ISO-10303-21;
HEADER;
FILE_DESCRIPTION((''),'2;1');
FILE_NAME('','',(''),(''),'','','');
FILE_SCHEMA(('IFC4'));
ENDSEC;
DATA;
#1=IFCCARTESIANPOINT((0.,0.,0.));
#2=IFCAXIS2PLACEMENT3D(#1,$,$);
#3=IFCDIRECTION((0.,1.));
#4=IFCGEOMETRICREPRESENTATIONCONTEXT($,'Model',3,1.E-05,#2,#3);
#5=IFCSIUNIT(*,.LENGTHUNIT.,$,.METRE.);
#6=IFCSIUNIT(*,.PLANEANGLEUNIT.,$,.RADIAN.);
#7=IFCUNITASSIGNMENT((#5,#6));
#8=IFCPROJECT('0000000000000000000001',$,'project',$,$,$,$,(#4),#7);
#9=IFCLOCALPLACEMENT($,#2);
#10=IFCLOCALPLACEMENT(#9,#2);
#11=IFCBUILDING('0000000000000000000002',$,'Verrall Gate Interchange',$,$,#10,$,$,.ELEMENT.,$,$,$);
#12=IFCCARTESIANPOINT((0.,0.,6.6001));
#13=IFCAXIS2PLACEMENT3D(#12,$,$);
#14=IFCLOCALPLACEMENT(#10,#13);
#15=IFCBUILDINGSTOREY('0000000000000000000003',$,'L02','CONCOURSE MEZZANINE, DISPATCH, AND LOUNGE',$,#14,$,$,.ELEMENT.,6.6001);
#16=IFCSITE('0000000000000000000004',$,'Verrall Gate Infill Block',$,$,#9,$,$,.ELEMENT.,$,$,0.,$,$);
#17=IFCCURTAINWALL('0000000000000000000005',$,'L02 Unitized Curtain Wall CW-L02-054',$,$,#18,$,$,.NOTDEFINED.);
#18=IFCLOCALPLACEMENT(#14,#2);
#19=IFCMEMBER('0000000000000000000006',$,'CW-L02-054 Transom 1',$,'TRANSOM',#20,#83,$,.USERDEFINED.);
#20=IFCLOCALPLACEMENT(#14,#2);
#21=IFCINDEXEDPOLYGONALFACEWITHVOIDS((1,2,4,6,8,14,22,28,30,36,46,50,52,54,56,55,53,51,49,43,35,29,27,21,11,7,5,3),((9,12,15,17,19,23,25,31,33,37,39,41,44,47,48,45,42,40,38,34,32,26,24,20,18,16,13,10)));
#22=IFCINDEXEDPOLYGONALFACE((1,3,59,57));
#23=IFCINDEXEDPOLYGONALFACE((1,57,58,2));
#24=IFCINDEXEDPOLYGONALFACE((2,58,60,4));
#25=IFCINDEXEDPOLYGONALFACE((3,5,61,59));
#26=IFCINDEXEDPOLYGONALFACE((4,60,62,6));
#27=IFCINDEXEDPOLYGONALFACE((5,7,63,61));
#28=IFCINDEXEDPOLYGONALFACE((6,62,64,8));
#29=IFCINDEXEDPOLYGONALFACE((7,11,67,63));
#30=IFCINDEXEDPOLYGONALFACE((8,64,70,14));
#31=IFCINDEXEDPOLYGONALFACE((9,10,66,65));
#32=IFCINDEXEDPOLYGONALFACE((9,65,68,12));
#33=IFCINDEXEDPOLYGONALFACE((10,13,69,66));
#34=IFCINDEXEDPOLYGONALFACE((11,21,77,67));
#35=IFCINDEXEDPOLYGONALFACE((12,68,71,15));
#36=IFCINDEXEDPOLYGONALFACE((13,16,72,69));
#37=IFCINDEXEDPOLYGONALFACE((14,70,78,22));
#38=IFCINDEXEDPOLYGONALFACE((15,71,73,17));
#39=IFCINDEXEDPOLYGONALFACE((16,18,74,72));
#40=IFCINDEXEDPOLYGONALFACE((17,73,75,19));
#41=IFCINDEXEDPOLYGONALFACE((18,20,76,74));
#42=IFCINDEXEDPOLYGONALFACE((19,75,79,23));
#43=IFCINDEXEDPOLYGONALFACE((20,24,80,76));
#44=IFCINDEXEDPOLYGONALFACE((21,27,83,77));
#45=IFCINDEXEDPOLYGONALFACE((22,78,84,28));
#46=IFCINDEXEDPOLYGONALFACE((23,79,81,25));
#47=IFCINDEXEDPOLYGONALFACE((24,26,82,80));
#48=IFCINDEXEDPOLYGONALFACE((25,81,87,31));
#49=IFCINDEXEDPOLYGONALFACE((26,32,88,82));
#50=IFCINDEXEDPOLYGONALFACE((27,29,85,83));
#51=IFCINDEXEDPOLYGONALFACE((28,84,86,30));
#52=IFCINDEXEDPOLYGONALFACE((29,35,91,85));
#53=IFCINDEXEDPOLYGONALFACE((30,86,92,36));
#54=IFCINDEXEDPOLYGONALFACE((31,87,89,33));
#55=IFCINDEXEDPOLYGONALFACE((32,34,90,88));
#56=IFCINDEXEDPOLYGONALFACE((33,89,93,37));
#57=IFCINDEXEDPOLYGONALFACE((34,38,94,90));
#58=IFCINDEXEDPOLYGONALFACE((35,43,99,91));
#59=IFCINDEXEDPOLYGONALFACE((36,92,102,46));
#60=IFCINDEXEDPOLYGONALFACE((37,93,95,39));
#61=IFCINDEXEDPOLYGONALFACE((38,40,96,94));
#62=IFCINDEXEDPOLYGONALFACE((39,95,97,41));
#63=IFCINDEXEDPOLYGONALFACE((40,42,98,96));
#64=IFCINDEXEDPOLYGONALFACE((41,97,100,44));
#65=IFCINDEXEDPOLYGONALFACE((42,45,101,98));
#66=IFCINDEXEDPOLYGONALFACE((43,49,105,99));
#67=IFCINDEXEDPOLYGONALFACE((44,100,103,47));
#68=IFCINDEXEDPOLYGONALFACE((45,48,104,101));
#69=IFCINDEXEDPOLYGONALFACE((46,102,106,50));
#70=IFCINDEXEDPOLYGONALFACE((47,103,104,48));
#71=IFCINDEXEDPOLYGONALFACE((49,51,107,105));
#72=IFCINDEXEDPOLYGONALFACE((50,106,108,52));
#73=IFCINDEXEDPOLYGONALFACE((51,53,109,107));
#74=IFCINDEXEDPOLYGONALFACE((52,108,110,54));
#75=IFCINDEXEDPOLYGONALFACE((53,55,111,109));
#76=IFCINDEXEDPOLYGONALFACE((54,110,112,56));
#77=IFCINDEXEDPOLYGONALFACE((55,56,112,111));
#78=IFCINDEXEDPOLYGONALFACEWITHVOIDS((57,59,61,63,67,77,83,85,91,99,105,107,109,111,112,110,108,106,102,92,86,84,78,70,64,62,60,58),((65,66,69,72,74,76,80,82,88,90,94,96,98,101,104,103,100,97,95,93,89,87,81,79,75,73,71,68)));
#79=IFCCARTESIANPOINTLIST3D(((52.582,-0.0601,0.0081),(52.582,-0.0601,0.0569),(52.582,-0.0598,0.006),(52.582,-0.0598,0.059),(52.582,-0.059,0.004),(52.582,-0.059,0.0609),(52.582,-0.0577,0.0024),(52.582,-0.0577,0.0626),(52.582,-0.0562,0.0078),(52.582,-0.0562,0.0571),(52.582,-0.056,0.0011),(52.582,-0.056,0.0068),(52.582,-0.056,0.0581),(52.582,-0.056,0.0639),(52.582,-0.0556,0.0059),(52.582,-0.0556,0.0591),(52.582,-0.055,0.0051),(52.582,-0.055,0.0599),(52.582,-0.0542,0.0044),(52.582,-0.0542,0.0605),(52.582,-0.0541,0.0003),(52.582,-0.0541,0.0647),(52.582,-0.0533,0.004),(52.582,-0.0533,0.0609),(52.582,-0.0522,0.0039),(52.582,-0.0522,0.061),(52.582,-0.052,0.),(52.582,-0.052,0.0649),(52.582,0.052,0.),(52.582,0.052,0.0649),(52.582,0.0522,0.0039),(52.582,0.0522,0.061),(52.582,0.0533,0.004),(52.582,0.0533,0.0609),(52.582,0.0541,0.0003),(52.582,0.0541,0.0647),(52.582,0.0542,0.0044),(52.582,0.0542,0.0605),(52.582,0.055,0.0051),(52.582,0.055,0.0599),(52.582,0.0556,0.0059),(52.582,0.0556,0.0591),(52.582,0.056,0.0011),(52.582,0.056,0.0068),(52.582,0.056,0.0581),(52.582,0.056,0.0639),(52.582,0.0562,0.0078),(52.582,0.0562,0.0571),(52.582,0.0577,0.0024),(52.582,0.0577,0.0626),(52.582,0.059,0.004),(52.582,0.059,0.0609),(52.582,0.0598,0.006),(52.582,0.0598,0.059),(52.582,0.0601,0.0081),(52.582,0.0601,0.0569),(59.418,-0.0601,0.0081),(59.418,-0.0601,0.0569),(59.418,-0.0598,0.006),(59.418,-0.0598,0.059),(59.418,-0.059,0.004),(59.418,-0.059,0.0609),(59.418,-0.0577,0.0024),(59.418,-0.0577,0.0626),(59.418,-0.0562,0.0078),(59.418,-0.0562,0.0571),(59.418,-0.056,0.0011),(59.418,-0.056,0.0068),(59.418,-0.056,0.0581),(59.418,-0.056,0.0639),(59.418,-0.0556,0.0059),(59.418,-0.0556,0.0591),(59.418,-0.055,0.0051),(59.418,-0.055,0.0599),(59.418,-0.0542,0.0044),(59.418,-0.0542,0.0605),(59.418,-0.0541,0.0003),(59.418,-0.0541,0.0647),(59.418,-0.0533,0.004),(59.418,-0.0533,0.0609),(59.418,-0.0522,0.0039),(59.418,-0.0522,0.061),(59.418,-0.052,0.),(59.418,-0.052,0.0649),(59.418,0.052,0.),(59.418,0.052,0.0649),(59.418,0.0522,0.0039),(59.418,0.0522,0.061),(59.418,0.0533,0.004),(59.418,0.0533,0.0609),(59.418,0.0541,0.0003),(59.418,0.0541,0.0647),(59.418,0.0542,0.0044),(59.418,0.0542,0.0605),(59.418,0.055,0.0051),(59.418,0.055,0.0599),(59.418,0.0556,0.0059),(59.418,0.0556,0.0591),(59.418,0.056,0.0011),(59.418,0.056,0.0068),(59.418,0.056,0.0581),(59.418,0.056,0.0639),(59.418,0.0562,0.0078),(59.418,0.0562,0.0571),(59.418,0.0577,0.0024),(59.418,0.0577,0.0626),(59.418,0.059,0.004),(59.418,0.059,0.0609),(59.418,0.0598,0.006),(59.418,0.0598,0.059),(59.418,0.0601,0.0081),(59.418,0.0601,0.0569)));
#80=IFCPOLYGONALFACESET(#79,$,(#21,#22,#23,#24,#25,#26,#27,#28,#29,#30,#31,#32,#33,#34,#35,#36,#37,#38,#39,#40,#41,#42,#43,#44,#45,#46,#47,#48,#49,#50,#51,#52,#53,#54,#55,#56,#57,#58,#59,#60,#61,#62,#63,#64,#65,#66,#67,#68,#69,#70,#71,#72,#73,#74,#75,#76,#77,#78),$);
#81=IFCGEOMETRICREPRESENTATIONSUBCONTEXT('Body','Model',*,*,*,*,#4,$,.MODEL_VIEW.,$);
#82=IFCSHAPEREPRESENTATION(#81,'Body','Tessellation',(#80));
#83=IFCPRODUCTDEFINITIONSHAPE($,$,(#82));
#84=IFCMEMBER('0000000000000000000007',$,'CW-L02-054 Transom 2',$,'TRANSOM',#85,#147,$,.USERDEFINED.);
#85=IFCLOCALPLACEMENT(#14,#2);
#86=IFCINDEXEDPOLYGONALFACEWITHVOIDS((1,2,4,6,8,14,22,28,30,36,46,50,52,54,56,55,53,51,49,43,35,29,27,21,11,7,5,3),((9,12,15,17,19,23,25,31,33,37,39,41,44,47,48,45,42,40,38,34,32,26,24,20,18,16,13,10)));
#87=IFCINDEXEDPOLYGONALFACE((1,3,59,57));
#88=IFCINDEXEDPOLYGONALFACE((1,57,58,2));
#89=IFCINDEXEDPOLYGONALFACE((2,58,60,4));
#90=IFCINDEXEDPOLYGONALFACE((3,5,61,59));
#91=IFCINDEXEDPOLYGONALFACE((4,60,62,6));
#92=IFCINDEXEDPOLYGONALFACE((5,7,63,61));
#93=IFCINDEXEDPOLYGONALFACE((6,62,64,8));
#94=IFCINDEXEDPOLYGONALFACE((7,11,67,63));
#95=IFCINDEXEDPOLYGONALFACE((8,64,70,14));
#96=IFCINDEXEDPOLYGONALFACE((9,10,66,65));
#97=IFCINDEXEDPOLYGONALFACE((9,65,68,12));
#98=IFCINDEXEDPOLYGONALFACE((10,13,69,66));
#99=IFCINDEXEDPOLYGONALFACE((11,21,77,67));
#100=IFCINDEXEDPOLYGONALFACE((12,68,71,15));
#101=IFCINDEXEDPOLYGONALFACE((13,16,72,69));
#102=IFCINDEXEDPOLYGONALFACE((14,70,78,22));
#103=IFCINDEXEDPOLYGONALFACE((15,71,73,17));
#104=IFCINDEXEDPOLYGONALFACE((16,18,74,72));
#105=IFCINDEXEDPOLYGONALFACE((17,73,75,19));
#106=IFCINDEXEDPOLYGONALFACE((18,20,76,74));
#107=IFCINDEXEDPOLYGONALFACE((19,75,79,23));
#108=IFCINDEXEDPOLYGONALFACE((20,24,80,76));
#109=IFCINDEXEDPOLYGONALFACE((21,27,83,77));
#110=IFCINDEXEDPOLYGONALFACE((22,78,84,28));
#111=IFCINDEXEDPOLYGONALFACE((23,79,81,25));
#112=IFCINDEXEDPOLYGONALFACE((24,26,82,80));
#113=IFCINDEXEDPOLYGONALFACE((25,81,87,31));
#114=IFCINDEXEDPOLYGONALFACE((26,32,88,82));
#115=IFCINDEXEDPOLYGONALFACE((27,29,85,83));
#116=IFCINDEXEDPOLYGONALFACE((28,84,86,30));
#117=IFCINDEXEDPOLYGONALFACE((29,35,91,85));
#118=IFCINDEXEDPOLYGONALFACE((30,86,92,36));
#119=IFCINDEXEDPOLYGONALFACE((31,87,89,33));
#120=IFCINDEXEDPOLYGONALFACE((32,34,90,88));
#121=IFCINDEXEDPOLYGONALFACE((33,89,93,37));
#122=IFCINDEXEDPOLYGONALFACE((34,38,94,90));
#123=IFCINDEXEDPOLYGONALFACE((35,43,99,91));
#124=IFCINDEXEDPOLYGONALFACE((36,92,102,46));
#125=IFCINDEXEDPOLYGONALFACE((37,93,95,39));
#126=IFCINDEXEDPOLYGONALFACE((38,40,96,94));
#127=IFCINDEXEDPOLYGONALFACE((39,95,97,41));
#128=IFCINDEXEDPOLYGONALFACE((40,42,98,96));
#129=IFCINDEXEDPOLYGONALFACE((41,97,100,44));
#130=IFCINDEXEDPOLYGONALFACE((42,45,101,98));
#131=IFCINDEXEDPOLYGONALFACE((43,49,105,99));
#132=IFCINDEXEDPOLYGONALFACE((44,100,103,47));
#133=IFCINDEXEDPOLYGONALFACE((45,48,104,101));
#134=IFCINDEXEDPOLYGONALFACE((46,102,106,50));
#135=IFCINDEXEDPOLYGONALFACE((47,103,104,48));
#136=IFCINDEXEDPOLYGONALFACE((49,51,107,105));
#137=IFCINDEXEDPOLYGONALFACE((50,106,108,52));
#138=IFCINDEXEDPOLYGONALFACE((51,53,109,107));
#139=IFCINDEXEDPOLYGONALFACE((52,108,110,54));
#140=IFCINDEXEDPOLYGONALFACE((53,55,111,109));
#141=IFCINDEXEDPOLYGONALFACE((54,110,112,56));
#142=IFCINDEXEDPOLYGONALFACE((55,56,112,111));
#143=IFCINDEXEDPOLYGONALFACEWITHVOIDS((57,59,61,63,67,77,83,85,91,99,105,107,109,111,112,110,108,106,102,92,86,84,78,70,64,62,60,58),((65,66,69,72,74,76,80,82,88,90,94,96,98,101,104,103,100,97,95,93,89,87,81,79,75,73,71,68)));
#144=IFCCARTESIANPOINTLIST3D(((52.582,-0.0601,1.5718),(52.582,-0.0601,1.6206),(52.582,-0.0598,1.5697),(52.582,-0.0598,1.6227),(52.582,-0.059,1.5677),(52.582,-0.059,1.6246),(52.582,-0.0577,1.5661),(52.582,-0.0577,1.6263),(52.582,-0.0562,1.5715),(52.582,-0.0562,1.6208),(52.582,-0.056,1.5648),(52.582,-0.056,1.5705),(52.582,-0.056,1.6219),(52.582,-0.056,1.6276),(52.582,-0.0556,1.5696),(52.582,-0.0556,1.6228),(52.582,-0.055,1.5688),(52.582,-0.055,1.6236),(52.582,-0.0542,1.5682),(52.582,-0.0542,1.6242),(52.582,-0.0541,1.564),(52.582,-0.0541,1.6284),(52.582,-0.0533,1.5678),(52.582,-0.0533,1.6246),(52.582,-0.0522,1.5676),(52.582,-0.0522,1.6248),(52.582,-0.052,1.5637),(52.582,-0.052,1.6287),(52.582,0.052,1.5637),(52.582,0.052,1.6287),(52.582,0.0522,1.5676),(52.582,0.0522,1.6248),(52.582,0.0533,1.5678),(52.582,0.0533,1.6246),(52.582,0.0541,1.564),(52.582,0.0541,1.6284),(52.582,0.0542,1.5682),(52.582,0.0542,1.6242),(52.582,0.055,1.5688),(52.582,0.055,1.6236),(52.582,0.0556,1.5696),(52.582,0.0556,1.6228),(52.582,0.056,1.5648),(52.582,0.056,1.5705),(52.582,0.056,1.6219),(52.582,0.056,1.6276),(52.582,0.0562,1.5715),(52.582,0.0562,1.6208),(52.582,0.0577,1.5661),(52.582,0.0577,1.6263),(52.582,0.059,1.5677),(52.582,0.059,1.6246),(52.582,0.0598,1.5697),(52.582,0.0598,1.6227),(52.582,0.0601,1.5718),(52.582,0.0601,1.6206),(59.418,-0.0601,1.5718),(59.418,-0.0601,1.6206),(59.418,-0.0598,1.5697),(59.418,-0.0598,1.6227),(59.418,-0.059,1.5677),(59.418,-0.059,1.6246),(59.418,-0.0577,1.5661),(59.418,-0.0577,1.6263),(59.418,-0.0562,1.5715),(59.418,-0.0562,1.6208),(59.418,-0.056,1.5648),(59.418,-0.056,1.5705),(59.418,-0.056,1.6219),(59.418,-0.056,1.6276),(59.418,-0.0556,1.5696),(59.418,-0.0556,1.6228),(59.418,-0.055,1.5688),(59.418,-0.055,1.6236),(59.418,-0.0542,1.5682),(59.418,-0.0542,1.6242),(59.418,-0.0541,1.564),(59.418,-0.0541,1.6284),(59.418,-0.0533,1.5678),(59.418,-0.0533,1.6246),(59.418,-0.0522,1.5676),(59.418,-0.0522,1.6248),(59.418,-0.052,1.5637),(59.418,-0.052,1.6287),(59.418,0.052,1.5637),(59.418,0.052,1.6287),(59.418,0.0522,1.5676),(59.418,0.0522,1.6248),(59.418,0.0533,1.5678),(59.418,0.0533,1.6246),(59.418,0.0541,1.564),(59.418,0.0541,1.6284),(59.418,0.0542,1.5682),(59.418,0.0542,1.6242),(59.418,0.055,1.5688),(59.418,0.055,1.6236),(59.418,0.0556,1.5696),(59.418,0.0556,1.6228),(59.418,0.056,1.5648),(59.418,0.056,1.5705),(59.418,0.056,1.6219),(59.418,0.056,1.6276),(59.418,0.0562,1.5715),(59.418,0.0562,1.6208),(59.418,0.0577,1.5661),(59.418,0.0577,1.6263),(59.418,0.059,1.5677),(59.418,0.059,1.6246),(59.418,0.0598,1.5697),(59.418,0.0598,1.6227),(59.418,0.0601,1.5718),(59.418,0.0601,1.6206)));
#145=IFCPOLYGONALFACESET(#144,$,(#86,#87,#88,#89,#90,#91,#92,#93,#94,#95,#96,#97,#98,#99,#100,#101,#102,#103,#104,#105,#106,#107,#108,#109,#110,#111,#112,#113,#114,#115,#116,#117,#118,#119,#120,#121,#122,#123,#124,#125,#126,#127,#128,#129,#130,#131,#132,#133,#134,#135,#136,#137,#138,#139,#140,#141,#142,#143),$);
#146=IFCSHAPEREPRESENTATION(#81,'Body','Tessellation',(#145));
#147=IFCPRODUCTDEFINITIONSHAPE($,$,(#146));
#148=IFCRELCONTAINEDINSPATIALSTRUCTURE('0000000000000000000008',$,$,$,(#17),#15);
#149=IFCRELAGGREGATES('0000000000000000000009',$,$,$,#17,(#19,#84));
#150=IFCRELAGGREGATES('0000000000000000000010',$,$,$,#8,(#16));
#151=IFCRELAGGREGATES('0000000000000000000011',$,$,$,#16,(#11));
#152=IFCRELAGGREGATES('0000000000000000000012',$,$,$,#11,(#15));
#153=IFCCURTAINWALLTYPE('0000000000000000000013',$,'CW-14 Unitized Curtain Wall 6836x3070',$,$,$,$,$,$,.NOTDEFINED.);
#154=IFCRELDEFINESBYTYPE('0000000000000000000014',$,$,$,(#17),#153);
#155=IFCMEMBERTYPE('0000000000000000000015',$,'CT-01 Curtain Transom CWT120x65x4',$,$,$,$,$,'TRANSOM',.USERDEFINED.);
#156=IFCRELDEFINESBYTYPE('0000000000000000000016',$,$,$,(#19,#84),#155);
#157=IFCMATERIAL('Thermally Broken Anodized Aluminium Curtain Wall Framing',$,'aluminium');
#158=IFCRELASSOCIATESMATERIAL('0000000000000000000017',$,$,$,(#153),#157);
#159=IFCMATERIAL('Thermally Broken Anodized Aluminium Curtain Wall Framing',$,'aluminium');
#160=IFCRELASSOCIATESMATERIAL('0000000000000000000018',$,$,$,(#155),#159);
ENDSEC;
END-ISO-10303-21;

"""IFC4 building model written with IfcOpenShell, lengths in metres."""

from ifc_helpers import new_model, si_unit, direction, frame, origin, origin_2d, place, context, subcontext, project, spatial, hollow_rectangle, extrude, material, material_profile, profile_set, type_object, element, aggregate, save


model = new_model("IFC4")

# Units and contexts
model_context = context("Model", 3, precision=1e-05, world=origin(), true_north=direction((0.0, 1.0)))
body_context = subcontext(model_context, "Body", "Model", "MODEL_VIEW")
ifc_project = project(units=[si_unit("LENGTHUNIT", "METRE"), si_unit("PLANEANGLEUNIT", "RADIAN")], contexts=[model_context])

# Site, building, storey
site_placement = place(None, origin())
site = spatial("IfcSite", under=ifc_project, at=site_placement, Name="Verrall Gate Infill Block", CompositionType="ELEMENT", RefElevation=0.0)
building_placement = place(site_placement, origin())
building = spatial("IfcBuilding", under=site, at=building_placement, Name="Verrall Gate Interchange", CompositionType="ELEMENT")
storey_placement = place(building_placement, frame((0.0, 0.0, 6.6001)))
storey = spatial("IfcBuildingStorey", under=building, at=storey_placement, Name="L02", Description="CONCOURSE MEZZANINE, DISPATCH, AND LOUNGE", CompositionType="ELEMENT", Elevation=6.6001)

# Curtain wall
ifc_material_1 = material(Name="Thermally Broken Anodized Aluminium Curtain Wall Framing", Category="aluminium")
curtain_wall_type = type_object("IfcCurtainWallType", Name="CW-14 Unitized Curtain Wall 6836x3070", PredefinedType="NOTDEFINED", material=ifc_material_1)
curtain_wall_1_placement = place(storey_placement, origin())
curtain_wall_1 = element("IfcCurtainWall", 1, at=curtain_wall_1_placement, inside=storey, type_object=curtain_wall_type, Name="L02 Unitized Curtain Wall CW-L02-054", PredefinedType="NOTDEFINED")

# Members
ifc_material_2 = material(Name="Thermally Broken Anodized Aluminium Curtain Wall Framing", Category="aluminium")
ifc_material_profile_1 = material_profile(ifc_material_2, hollow_rectangle(XDim=0.1201, YDim=0.0649, WallThickness=0.0039, InnerFilletRadius=0.0039, OuterFilletRadius=0.0081, at=origin_2d()), Name="CWT120x65x4")
ifc_profile_set_1 = profile_set([ifc_material_profile_1], Name="Thermally Broken Anodized Aluminium Curtain Wall Framing")
member_type_1 = type_object("IfcMemberType", Name="CT-01 Curtain Transom CWT120x65x4", ElementType="TRANSOM", PredefinedType="USERDEFINED", material=ifc_profile_set_1)
member_1_placement = place(storey_placement, frame((52.582, 0.0, 0.0325), z_axis=(1.0, 0.0, 0.0), x_axis=(0.0, 1.0, 0.0)))
member_1 = element("IfcMember", 2, at=member_1_placement, type_object=member_type_1, Name="CW-L02-054 Transom 1", ObjectType="TRANSOM", PredefinedType="USERDEFINED", context=body_context, shape_type="SweptSolid", body=[
    extrude(hollow_rectangle(XDim=0.1201, YDim=0.0649, WallThickness=0.0039, InnerFilletRadius=0.0039, OuterFilletRadius=0.0081, at=origin_2d()), origin(), (0.0, 0.0, 1.0), 6.8359),
])
member_2_placement = place(storey_placement, frame((52.582, 0.0, 1.5962), z_axis=(1.0, 0.0, 0.0), x_axis=(0.0, 1.0, 0.0)))
member_2 = element("IfcMember", 3, at=member_2_placement, type_object=member_type_1, Name="CW-L02-054 Transom 2", ObjectType="TRANSOM", PredefinedType="USERDEFINED", context=body_context, shape_type="SweptSolid", body=[
    extrude(hollow_rectangle(XDim=0.1201, YDim=0.0649, WallThickness=0.0039, InnerFilletRadius=0.0039, OuterFilletRadius=0.0081, at=origin_2d()), origin(), (0.0, 0.0, 1.0), 6.8359),
])

aggregate(curtain_wall_1, [member_1, member_2])

save(model, "model.ifc")
